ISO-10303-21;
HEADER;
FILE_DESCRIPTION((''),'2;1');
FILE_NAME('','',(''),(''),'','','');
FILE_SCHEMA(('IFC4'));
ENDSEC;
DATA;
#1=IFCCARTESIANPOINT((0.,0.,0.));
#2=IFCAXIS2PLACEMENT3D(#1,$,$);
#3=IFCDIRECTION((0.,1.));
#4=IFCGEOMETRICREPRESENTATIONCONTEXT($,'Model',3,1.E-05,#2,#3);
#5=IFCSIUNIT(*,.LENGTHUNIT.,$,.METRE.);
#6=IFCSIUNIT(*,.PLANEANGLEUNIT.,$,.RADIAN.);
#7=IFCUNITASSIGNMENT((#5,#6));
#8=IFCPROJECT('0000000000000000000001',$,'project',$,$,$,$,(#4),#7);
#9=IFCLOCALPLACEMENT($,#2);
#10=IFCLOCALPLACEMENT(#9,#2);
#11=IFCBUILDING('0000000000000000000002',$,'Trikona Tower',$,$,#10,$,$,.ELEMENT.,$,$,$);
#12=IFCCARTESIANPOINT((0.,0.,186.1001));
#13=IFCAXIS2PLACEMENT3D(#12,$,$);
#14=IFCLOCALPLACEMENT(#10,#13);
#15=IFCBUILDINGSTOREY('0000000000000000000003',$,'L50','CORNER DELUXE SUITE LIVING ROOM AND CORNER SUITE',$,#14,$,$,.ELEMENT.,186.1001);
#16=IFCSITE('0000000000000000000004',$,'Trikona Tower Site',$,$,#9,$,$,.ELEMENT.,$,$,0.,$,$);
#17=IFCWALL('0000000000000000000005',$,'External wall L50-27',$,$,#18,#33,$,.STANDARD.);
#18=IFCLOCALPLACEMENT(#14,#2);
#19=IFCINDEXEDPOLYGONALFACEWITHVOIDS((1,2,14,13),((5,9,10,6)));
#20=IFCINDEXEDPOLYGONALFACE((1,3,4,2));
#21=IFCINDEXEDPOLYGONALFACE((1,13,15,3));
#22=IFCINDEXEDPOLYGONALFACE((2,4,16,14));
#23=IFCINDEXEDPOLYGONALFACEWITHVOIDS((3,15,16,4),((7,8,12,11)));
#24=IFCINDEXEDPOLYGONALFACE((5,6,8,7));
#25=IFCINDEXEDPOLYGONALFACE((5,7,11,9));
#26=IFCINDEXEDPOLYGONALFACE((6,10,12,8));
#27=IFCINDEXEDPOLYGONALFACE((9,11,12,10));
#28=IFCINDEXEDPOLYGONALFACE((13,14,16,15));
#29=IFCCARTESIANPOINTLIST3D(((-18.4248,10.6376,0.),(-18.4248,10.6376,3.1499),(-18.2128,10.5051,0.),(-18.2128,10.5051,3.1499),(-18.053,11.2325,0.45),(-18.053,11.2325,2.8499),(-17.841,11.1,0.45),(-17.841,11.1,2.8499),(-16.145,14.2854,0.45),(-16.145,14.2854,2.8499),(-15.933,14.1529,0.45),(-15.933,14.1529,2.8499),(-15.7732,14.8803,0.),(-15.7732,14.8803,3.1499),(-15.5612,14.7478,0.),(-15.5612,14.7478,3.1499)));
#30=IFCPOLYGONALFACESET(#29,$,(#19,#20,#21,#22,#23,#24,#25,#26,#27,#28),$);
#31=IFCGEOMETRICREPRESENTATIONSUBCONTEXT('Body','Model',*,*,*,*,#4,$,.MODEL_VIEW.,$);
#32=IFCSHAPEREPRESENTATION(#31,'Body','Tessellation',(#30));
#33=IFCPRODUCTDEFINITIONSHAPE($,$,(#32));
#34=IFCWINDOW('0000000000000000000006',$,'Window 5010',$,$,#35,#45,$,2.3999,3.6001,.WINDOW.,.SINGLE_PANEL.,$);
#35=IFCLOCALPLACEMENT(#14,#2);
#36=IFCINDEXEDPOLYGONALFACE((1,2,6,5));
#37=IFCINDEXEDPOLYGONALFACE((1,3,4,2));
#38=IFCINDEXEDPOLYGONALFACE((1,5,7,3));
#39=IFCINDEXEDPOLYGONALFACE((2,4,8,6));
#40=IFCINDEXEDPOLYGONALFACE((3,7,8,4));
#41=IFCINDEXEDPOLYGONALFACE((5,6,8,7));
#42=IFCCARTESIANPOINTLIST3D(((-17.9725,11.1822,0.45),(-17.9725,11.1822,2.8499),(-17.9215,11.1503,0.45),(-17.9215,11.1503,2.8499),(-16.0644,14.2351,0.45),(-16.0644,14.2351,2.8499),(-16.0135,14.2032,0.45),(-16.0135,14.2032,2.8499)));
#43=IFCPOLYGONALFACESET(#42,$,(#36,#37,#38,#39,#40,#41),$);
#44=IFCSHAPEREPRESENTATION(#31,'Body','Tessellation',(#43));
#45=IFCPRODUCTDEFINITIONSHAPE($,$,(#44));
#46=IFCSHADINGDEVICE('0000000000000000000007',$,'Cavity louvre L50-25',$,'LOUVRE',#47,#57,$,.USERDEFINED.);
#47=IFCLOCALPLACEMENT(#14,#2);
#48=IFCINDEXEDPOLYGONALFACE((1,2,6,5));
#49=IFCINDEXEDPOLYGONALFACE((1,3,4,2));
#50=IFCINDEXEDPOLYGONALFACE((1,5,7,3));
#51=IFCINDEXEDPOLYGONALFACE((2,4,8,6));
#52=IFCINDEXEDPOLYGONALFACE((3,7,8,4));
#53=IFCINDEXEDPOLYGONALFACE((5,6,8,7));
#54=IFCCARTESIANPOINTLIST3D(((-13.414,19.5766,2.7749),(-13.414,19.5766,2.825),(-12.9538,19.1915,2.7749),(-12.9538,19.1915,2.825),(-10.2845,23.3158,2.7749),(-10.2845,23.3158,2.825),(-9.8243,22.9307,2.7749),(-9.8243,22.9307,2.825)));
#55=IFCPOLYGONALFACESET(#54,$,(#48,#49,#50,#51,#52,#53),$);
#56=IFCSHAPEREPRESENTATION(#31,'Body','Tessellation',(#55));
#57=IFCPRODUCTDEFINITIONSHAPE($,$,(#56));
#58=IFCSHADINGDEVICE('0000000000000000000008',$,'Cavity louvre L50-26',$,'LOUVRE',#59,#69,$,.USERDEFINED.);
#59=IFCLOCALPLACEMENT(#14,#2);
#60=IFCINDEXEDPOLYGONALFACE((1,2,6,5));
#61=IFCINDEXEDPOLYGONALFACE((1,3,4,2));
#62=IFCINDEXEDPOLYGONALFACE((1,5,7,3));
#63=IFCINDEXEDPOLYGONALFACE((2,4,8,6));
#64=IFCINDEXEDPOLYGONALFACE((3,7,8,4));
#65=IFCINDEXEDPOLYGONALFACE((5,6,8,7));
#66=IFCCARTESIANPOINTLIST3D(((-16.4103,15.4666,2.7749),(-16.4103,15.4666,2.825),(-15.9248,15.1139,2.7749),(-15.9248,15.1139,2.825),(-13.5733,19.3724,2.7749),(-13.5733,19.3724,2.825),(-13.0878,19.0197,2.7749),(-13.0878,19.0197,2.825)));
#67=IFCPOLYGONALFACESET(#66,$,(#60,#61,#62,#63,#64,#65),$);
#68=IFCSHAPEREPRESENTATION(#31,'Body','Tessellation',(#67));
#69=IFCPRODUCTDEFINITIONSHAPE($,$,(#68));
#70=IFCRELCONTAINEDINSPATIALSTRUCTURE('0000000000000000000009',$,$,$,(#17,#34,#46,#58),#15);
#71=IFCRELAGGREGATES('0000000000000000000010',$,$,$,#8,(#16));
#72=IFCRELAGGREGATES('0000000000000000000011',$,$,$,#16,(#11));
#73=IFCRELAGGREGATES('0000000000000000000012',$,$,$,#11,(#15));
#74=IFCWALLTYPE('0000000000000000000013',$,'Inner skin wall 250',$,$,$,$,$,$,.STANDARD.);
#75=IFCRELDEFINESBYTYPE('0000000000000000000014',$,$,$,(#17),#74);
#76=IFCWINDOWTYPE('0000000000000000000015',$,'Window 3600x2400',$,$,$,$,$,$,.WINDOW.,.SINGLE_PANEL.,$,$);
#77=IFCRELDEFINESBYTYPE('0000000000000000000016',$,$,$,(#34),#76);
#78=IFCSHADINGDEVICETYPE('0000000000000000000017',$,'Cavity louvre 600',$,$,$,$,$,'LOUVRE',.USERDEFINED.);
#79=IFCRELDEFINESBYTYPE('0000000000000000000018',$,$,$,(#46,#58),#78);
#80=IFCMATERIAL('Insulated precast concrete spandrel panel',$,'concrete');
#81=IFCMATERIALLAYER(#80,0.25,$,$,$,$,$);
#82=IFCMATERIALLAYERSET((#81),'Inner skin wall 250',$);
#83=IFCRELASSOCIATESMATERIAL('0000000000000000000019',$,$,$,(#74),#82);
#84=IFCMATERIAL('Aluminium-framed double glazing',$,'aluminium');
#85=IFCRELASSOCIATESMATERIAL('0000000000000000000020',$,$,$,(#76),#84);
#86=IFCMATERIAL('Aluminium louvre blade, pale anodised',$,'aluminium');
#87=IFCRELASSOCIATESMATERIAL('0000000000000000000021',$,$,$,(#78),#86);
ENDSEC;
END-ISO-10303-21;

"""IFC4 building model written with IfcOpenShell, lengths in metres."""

from ifc_helpers import new_model, si_unit, direction, frame, frame_2d, origin, origin_2d, place, context, subcontext, project, spatial, rectangle, extrude, material, layer, layer_set, type_object, element, fill, save


model = new_model("IFC4")

# Units and contexts
model_context = context("Model", 3, precision=1e-05, world=origin(), true_north=direction((0.0, 1.0)))
body_context = subcontext(model_context, "Body", "Model", "MODEL_VIEW")
ifc_project = project(units=[si_unit("LENGTHUNIT", "METRE"), si_unit("PLANEANGLEUNIT", "RADIAN")], contexts=[model_context])

# Site, building, storey
site_placement = place(None, origin())
site = spatial("IfcSite", under=ifc_project, at=site_placement, Name="Trikona Tower Site", CompositionType="ELEMENT", RefElevation=0.0)
building_placement = place(site_placement, origin())
building = spatial("IfcBuilding", under=site, at=building_placement, Name="Trikona Tower", CompositionType="ELEMENT")
storey_placement = place(building_placement, frame((0.0, 0.0, 186.1001)))
storey = spatial("IfcBuildingStorey", under=building, at=storey_placement, Name="L50", Description="CORNER DELUXE SUITE LIVING ROOM AND CORNER SUITE", CompositionType="ELEMENT", Elevation=186.1001)

# Wall, opening, window
ifc_material_1 = material(Name="Insulated precast concrete spandrel panel", Category="concrete")
ifc_layer_1 = layer(ifc_material_1, 0.25)
ifc_layer_set_1 = layer_set([ifc_layer_1], Name="Inner skin wall 250")
wall_type = type_object("IfcWallType", Name="Inner skin wall 250", PredefinedType="STANDARD", material=ifc_layer_set_1)
ifc_material_2 = material(Name="Aluminium-framed double glazing", Category="aluminium")
window_type = type_object("IfcWindowType", Name="Window 3600x2400", PartitioningType="SINGLE_PANEL", PredefinedType="WINDOW", material=ifc_material_2)
wall_1_placement = place(storey_placement, frame((-15.6672, 14.814, 0.0), z_axis=(0.0, 0.0, 1.0), x_axis=(-0.52999, -0.848004, 0.0)))
wall_1 = element("IfcWall", 1, at=wall_1_placement, inside=storey, type_object=wall_type, Name="External wall L50-27", PredefinedType="STANDARD", context=body_context, shape_type="SweptSolid", body=[
    extrude(rectangle(XDim=5.0032, YDim=0.25, at=frame_2d((2.5015, 0.0))), origin(), (0.0, 0.0, 1.0), 3.1499),
])
opening_1_placement = place(wall_1_placement, frame((0.7014, 0.0, 0.45)))
opening_1 = element("IfcOpeningElement", 2, at=opening_1_placement, cuts=wall_1, PredefinedType="OPENING", context=body_context, shape_type="SweptSolid", body=[
    extrude(rectangle(XDim=3.6001, YDim=2.3999, at=frame_2d((1.8, 1.2))), frame((0.0, 0.135, 0.0), z_axis=(0.0, -1.0, 0.0), x_axis=(1.0, 0.0, 0.0)), (0.0, 0.0, 1.0), 0.27),
])
window_1_placement = place(opening_1_placement, origin())
window_1 = element("IfcWindow", 3, at=window_1_placement, inside=storey, type_object=window_type, Name="Window 5010", OverallHeight=2.3999, OverallWidth=3.6001, PartitioningType="SINGLE_PANEL", PredefinedType="WINDOW", context=body_context, shape_type="SweptSolid", body=[
    extrude(rectangle(XDim=3.6001, YDim=2.3999, at=frame_2d((1.8, 1.2))), frame((0.0, 0.03, 0.0), z_axis=(0.0, -1.0, 0.0), x_axis=(1.0, 0.0, 0.0)), (0.0, 0.0, 1.0), 0.0601),
])
fill(opening_1, window_1)

# Shading devices
ifc_material_3 = material(Name="Aluminium louvre blade, pale anodised", Category="aluminium")
shading_device_type = type_object("IfcShadingDeviceType", Name="Cavity louvre 600", ElementType="LOUVRE", PredefinedType="USERDEFINED", material=ifc_material_3)
shading_device_1_placement = place(storey_placement, frame((-11.6191, 21.2537, 2.7749), z_axis=(0.0, 0.0, 1.0), x_axis=(-0.641807, -0.766866, 0.0)))
element("IfcShadingDevice", 4, at=shading_device_1_placement, inside=storey, type_object=shading_device_type, Name="Cavity louvre L50-25", ObjectType="LOUVRE", PredefinedType="USERDEFINED", context=body_context, shape_type="SweptSolid", body=[
    extrude(rectangle(XDim=4.876, YDim=0.6001, at=origin_2d()), origin(), (0.0, 0.0, 1.0), 0.05),
])
shading_device_2_placement = place(storey_placement, frame((-14.749, 17.2432, 2.7749), z_axis=(0.0, 0.0, 1.0), x_axis=(-0.587686, -0.809089, 0.0)))
element("IfcShadingDevice", 5, at=shading_device_2_placement, inside=storey, type_object=shading_device_type, Name="Cavity louvre L50-26", ObjectType="LOUVRE", PredefinedType="USERDEFINED", context=body_context, shape_type="SweptSolid", body=[
    extrude(rectangle(XDim=4.8274, YDim=0.6001, at=origin_2d()), origin(), (0.0, 0.0, 1.0), 0.05),
])

save(model, "model.ifc")
